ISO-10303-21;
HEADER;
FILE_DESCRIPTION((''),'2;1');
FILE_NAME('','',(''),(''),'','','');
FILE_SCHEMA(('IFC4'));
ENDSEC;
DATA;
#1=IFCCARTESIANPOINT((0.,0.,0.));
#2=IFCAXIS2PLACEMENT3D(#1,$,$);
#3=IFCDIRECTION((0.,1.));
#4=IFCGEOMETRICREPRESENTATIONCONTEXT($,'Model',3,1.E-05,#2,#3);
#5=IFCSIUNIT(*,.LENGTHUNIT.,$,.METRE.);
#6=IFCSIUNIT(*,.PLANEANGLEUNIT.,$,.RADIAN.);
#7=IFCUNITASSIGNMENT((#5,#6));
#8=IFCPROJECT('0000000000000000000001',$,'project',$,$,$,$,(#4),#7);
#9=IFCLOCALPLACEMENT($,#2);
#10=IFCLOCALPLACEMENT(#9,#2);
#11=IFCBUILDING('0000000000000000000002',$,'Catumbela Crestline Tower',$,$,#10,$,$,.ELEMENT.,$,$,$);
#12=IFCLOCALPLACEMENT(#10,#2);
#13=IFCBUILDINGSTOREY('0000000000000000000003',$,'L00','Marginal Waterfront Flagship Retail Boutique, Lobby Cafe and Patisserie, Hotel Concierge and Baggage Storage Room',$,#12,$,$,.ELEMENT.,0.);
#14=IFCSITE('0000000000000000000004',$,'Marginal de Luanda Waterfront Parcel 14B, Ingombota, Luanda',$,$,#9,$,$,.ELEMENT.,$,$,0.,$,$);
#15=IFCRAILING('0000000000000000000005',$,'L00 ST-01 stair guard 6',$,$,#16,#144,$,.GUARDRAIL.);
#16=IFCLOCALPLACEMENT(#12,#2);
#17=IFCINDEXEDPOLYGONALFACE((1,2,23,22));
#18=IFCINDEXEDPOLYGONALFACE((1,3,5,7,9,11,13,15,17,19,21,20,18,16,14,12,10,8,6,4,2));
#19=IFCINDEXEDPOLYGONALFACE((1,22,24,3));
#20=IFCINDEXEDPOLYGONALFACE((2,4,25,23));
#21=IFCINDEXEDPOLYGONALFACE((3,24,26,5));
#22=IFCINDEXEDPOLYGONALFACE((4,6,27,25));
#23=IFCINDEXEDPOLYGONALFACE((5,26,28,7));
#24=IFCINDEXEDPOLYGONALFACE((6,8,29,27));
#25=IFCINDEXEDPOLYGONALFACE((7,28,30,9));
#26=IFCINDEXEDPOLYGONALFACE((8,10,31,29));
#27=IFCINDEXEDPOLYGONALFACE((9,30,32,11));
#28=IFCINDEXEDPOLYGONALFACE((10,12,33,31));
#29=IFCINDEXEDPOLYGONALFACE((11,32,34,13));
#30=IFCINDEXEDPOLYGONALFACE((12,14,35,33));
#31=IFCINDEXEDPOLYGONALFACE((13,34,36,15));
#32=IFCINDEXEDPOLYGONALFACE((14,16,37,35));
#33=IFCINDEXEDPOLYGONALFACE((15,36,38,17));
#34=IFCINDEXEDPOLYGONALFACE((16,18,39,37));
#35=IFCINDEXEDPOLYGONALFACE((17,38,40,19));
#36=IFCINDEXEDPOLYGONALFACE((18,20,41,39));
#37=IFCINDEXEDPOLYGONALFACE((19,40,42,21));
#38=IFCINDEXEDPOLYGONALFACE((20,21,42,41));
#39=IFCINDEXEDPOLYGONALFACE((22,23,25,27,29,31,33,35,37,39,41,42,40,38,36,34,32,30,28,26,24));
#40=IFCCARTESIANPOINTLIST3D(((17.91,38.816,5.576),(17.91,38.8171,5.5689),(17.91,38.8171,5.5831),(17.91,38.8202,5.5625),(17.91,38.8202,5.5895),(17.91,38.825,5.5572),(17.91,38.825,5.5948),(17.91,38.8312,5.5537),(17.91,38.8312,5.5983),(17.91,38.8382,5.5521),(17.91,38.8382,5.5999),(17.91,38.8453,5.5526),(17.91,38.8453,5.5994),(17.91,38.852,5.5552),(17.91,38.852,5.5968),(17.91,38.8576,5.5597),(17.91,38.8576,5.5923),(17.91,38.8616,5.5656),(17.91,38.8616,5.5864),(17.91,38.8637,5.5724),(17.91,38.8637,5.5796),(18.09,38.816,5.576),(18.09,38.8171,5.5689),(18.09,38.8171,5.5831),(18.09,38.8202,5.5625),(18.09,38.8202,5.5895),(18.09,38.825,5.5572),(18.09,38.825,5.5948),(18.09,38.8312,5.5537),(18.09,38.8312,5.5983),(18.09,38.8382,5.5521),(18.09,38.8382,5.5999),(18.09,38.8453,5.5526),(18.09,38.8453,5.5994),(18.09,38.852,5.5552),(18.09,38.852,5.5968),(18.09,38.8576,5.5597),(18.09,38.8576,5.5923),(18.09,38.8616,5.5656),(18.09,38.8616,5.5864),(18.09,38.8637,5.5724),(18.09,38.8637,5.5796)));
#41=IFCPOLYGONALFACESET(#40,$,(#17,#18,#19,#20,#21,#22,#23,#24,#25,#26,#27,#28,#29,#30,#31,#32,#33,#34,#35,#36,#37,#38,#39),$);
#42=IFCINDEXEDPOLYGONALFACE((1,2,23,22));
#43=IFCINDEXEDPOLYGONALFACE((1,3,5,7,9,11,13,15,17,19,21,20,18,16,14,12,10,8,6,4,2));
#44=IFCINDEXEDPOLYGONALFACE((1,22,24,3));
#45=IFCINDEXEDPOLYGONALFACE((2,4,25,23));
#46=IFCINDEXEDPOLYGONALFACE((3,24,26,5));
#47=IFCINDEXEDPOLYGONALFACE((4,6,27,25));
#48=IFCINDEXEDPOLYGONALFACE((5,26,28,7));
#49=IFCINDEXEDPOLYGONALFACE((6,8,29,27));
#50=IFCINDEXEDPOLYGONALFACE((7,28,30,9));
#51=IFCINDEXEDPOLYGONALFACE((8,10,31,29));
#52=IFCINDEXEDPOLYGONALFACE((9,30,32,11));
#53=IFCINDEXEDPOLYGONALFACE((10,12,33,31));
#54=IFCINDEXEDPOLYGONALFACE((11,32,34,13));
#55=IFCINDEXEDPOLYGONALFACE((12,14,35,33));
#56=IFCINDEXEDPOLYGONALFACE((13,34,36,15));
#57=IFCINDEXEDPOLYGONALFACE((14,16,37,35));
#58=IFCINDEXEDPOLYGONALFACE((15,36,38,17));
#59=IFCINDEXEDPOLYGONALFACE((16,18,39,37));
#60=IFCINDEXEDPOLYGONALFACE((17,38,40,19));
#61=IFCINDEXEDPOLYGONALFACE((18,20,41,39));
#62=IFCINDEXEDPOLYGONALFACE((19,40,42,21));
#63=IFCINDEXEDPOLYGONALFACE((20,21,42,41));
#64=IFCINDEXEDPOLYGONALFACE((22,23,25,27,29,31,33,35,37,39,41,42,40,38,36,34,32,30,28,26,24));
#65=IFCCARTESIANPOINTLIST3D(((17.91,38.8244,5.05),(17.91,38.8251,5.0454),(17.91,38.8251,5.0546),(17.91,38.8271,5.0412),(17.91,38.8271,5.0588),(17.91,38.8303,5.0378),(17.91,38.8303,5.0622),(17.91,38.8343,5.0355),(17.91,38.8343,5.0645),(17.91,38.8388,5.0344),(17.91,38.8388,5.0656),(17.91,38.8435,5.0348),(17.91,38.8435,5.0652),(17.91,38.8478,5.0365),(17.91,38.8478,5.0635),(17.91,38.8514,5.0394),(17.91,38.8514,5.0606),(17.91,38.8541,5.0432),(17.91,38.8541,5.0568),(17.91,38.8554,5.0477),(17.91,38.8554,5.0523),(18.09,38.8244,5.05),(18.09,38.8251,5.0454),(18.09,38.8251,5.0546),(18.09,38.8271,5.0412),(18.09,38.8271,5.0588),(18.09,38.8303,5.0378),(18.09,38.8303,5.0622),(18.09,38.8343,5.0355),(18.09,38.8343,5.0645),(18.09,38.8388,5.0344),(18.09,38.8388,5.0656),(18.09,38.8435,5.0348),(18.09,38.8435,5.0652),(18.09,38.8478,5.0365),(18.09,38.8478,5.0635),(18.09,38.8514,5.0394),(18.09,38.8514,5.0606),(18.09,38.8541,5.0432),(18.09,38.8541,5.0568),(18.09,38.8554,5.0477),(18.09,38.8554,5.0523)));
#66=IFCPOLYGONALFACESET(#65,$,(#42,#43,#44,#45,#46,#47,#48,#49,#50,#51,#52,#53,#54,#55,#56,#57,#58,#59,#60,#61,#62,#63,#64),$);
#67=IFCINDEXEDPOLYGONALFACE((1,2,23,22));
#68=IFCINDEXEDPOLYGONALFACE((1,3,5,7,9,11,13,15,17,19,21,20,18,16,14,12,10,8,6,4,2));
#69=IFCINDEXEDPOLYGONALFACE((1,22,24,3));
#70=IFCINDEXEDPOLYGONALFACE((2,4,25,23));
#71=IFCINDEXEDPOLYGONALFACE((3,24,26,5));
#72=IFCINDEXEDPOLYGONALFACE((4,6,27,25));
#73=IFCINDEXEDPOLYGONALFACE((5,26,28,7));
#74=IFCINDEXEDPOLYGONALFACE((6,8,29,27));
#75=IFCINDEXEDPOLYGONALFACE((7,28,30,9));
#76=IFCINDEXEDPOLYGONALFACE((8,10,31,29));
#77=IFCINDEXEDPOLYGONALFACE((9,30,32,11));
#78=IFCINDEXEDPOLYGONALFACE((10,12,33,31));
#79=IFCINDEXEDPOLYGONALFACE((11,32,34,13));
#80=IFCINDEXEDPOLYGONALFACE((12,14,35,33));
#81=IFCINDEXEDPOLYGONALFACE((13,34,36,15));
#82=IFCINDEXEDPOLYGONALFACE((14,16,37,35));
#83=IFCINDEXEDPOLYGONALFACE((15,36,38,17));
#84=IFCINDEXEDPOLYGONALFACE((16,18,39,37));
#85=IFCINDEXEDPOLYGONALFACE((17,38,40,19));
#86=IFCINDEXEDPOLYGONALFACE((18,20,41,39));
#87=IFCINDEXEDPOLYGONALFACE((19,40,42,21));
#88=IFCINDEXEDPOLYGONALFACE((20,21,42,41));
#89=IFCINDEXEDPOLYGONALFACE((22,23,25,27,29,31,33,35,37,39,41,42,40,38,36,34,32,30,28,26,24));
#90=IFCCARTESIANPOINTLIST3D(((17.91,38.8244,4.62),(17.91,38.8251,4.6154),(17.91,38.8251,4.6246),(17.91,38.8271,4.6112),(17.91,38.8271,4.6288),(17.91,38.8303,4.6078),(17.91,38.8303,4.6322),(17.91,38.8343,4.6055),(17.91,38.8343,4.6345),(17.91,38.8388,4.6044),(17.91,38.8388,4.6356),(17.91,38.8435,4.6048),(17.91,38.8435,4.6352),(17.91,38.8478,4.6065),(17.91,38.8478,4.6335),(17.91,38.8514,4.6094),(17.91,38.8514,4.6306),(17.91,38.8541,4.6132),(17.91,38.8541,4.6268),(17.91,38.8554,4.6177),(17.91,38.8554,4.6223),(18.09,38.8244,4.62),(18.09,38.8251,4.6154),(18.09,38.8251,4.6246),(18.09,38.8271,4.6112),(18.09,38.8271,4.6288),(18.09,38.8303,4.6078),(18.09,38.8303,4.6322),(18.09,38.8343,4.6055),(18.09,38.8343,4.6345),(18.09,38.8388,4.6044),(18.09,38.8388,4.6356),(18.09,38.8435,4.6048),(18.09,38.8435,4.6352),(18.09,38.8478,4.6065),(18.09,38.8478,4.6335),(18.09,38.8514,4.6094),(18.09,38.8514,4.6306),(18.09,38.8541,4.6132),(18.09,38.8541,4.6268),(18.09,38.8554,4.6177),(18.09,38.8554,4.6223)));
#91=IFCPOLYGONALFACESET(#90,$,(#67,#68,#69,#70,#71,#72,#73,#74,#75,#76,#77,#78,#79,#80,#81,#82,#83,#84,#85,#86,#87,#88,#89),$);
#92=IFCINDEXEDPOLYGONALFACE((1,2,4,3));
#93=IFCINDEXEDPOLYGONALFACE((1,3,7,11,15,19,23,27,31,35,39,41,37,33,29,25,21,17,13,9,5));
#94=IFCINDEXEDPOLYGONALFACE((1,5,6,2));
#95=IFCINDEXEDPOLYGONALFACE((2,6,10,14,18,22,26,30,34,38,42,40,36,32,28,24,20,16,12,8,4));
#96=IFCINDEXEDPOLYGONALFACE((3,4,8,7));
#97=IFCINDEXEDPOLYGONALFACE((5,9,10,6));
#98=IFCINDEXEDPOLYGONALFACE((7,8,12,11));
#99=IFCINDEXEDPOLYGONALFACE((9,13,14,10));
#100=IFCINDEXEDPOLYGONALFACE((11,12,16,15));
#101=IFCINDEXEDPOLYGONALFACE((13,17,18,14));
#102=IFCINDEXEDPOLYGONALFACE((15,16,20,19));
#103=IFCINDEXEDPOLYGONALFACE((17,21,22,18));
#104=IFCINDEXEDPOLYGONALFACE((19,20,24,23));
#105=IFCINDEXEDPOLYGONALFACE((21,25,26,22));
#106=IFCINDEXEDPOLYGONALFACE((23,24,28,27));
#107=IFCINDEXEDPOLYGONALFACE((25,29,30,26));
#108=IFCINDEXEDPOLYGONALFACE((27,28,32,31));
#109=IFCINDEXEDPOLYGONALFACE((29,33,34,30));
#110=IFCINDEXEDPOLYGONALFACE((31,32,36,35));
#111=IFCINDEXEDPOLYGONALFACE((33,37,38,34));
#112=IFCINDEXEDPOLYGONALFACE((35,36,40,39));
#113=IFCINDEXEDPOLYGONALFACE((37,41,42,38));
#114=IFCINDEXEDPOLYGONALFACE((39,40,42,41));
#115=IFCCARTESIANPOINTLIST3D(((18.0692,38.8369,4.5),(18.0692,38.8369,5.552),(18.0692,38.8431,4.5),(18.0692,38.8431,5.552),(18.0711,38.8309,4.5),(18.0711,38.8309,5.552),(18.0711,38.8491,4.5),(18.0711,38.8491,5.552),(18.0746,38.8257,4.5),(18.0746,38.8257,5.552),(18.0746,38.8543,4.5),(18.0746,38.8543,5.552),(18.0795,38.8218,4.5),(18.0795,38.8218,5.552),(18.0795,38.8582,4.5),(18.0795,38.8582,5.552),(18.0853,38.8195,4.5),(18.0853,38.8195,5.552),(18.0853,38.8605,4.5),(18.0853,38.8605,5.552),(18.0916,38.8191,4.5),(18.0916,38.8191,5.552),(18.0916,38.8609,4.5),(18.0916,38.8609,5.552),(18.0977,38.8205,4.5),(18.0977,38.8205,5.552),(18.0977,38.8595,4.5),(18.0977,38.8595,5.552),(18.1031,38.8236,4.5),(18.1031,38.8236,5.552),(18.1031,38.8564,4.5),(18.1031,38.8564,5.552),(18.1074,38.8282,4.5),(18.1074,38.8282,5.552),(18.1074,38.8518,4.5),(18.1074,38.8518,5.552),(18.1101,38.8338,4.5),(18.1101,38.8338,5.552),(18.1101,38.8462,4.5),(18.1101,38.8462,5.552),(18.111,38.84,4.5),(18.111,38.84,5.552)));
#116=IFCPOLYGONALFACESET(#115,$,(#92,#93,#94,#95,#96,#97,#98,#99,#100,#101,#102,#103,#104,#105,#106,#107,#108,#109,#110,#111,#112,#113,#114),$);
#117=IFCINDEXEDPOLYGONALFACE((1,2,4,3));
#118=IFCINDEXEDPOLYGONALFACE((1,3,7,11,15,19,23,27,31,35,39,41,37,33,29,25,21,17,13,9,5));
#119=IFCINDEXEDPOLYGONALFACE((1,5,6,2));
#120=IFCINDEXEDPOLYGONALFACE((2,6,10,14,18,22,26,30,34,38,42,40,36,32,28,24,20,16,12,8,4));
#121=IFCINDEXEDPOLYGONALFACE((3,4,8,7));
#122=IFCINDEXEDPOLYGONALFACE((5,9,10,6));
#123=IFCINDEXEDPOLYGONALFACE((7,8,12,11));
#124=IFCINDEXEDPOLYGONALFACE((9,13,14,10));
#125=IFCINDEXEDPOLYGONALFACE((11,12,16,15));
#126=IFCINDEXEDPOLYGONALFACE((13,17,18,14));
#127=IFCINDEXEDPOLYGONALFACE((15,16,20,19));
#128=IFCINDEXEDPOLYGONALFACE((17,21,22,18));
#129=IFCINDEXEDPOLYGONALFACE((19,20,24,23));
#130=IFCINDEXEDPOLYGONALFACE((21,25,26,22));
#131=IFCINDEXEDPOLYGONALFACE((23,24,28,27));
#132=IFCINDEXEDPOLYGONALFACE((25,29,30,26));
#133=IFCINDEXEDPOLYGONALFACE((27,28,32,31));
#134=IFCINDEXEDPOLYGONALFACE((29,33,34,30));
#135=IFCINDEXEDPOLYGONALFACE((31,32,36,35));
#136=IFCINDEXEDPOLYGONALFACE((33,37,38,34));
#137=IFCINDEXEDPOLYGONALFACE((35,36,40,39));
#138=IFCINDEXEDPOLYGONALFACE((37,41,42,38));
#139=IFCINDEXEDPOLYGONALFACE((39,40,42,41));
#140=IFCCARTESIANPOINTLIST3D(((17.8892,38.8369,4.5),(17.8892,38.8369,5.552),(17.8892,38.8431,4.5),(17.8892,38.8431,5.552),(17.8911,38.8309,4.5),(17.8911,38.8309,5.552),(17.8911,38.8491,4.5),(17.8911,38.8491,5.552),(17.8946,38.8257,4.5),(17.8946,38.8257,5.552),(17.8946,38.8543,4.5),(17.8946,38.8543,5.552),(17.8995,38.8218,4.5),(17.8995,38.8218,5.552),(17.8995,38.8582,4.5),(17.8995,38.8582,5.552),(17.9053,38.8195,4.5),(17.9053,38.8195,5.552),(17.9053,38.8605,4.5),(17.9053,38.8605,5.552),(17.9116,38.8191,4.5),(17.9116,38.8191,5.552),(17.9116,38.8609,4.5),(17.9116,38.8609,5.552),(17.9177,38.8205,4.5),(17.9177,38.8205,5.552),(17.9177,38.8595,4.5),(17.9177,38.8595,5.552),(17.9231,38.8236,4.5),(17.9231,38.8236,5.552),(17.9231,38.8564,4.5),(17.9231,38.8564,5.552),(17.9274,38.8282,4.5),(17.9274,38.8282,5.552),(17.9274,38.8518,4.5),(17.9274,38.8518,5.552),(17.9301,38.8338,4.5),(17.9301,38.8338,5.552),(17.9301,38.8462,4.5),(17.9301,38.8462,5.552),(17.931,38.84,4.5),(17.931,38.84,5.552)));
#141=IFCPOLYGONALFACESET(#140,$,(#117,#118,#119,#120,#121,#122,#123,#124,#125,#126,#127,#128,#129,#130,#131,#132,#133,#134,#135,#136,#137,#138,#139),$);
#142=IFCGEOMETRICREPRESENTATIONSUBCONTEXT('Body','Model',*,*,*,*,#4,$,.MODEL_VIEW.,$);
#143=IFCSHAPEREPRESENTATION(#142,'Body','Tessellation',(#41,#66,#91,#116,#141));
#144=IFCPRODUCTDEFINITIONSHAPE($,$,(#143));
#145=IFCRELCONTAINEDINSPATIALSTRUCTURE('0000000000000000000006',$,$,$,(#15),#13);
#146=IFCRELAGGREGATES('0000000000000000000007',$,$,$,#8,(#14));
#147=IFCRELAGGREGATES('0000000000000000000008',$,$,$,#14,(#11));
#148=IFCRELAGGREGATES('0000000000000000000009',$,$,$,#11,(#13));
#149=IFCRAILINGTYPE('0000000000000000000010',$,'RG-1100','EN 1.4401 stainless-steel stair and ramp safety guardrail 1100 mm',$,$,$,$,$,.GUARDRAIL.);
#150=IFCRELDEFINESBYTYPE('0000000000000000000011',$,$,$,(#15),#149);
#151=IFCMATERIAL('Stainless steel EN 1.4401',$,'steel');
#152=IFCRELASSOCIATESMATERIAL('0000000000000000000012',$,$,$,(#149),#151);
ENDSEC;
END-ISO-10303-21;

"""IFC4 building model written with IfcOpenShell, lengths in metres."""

from ifc_helpers import new_model, si_unit, direction, frame, origin, origin_2d, place, context, subcontext, project, spatial, circle, extrude, material, type_object, element, save


model = new_model("IFC4")

# Units and contexts
model_context = context("Model", 3, precision=1e-05, world=origin(), true_north=direction((0.0, 1.0)))
body_context = subcontext(model_context, "Body", "Model", "MODEL_VIEW")
ifc_project = project(units=[si_unit("LENGTHUNIT", "METRE"), si_unit("PLANEANGLEUNIT", "RADIAN")], contexts=[model_context])

# Site, building, storey
site_placement = place(None, origin())
site = spatial("IfcSite", under=ifc_project, at=site_placement, Name="Marginal de Luanda Waterfront Parcel 14B, Ingombota, Luanda", CompositionType="ELEMENT", RefElevation=0.0)
building_placement = place(site_placement, origin())
building = spatial("IfcBuilding", under=site, at=building_placement, Name="Catumbela Crestline Tower", CompositionType="ELEMENT")
storey_placement = place(building_placement, origin())
storey = spatial("IfcBuildingStorey", under=building, at=storey_placement, Name="L00", Description="Marginal Waterfront Flagship Retail Boutique, Lobby Cafe and Patisserie, Hotel Concierge and Baggage Storage Room", CompositionType="ELEMENT", Elevation=0.0)

# Railing
ifc_material_1 = material(Name="Stainless steel EN 1.4401", Category="steel")
railing_type_1 = type_object("IfcRailingType", Name="RG-1100", Description="EN 1.4401 stainless-steel stair and ramp safety guardrail 1100 mm", PredefinedType="GUARDRAIL", material=ifc_material_1)
railing_1_placement = place(storey_placement, frame((18.09, 38.84, 4.5)))
element("IfcRailing", 1, at=railing_1_placement, inside=storey, type_object=railing_type_1, Name="L00 ST-01 stair guard 6", PredefinedType="GUARDRAIL", context=body_context, shape_type="SweptSolid", body=[
    extrude(circle(Radius=0.024, at=origin_2d()), frame((0.0, 0.0, 1.076), z_axis=(-1.0, 0.0, 0.0), x_axis=(0.0, -1.0, 0.0)), (0.0, 0.0, 1.0), 0.18),
    extrude(circle(Radius=0.0156, at=origin_2d()), frame((0.0, 0.0, 0.55), z_axis=(-1.0, 0.0, 0.0), x_axis=(0.0, -1.0, 0.0)), (0.0, 0.0, 1.0), 0.18),
    extrude(circle(Radius=0.0156, at=origin_2d()), frame((0.0, 0.0, 0.12), z_axis=(-1.0, 0.0, 0.0), x_axis=(0.0, -1.0, 0.0)), (0.0, 0.0, 1.0), 0.18),
    extrude(circle(Radius=0.021, at=origin_2d()), origin(), (0.0, 0.0, 1.0), 1.052),
    extrude(circle(Radius=0.021, at=origin_2d()), frame((-0.18, 0.0, 0.0)), (0.0, 0.0, 1.0), 1.052),
])

save(model, "model.ifc")
